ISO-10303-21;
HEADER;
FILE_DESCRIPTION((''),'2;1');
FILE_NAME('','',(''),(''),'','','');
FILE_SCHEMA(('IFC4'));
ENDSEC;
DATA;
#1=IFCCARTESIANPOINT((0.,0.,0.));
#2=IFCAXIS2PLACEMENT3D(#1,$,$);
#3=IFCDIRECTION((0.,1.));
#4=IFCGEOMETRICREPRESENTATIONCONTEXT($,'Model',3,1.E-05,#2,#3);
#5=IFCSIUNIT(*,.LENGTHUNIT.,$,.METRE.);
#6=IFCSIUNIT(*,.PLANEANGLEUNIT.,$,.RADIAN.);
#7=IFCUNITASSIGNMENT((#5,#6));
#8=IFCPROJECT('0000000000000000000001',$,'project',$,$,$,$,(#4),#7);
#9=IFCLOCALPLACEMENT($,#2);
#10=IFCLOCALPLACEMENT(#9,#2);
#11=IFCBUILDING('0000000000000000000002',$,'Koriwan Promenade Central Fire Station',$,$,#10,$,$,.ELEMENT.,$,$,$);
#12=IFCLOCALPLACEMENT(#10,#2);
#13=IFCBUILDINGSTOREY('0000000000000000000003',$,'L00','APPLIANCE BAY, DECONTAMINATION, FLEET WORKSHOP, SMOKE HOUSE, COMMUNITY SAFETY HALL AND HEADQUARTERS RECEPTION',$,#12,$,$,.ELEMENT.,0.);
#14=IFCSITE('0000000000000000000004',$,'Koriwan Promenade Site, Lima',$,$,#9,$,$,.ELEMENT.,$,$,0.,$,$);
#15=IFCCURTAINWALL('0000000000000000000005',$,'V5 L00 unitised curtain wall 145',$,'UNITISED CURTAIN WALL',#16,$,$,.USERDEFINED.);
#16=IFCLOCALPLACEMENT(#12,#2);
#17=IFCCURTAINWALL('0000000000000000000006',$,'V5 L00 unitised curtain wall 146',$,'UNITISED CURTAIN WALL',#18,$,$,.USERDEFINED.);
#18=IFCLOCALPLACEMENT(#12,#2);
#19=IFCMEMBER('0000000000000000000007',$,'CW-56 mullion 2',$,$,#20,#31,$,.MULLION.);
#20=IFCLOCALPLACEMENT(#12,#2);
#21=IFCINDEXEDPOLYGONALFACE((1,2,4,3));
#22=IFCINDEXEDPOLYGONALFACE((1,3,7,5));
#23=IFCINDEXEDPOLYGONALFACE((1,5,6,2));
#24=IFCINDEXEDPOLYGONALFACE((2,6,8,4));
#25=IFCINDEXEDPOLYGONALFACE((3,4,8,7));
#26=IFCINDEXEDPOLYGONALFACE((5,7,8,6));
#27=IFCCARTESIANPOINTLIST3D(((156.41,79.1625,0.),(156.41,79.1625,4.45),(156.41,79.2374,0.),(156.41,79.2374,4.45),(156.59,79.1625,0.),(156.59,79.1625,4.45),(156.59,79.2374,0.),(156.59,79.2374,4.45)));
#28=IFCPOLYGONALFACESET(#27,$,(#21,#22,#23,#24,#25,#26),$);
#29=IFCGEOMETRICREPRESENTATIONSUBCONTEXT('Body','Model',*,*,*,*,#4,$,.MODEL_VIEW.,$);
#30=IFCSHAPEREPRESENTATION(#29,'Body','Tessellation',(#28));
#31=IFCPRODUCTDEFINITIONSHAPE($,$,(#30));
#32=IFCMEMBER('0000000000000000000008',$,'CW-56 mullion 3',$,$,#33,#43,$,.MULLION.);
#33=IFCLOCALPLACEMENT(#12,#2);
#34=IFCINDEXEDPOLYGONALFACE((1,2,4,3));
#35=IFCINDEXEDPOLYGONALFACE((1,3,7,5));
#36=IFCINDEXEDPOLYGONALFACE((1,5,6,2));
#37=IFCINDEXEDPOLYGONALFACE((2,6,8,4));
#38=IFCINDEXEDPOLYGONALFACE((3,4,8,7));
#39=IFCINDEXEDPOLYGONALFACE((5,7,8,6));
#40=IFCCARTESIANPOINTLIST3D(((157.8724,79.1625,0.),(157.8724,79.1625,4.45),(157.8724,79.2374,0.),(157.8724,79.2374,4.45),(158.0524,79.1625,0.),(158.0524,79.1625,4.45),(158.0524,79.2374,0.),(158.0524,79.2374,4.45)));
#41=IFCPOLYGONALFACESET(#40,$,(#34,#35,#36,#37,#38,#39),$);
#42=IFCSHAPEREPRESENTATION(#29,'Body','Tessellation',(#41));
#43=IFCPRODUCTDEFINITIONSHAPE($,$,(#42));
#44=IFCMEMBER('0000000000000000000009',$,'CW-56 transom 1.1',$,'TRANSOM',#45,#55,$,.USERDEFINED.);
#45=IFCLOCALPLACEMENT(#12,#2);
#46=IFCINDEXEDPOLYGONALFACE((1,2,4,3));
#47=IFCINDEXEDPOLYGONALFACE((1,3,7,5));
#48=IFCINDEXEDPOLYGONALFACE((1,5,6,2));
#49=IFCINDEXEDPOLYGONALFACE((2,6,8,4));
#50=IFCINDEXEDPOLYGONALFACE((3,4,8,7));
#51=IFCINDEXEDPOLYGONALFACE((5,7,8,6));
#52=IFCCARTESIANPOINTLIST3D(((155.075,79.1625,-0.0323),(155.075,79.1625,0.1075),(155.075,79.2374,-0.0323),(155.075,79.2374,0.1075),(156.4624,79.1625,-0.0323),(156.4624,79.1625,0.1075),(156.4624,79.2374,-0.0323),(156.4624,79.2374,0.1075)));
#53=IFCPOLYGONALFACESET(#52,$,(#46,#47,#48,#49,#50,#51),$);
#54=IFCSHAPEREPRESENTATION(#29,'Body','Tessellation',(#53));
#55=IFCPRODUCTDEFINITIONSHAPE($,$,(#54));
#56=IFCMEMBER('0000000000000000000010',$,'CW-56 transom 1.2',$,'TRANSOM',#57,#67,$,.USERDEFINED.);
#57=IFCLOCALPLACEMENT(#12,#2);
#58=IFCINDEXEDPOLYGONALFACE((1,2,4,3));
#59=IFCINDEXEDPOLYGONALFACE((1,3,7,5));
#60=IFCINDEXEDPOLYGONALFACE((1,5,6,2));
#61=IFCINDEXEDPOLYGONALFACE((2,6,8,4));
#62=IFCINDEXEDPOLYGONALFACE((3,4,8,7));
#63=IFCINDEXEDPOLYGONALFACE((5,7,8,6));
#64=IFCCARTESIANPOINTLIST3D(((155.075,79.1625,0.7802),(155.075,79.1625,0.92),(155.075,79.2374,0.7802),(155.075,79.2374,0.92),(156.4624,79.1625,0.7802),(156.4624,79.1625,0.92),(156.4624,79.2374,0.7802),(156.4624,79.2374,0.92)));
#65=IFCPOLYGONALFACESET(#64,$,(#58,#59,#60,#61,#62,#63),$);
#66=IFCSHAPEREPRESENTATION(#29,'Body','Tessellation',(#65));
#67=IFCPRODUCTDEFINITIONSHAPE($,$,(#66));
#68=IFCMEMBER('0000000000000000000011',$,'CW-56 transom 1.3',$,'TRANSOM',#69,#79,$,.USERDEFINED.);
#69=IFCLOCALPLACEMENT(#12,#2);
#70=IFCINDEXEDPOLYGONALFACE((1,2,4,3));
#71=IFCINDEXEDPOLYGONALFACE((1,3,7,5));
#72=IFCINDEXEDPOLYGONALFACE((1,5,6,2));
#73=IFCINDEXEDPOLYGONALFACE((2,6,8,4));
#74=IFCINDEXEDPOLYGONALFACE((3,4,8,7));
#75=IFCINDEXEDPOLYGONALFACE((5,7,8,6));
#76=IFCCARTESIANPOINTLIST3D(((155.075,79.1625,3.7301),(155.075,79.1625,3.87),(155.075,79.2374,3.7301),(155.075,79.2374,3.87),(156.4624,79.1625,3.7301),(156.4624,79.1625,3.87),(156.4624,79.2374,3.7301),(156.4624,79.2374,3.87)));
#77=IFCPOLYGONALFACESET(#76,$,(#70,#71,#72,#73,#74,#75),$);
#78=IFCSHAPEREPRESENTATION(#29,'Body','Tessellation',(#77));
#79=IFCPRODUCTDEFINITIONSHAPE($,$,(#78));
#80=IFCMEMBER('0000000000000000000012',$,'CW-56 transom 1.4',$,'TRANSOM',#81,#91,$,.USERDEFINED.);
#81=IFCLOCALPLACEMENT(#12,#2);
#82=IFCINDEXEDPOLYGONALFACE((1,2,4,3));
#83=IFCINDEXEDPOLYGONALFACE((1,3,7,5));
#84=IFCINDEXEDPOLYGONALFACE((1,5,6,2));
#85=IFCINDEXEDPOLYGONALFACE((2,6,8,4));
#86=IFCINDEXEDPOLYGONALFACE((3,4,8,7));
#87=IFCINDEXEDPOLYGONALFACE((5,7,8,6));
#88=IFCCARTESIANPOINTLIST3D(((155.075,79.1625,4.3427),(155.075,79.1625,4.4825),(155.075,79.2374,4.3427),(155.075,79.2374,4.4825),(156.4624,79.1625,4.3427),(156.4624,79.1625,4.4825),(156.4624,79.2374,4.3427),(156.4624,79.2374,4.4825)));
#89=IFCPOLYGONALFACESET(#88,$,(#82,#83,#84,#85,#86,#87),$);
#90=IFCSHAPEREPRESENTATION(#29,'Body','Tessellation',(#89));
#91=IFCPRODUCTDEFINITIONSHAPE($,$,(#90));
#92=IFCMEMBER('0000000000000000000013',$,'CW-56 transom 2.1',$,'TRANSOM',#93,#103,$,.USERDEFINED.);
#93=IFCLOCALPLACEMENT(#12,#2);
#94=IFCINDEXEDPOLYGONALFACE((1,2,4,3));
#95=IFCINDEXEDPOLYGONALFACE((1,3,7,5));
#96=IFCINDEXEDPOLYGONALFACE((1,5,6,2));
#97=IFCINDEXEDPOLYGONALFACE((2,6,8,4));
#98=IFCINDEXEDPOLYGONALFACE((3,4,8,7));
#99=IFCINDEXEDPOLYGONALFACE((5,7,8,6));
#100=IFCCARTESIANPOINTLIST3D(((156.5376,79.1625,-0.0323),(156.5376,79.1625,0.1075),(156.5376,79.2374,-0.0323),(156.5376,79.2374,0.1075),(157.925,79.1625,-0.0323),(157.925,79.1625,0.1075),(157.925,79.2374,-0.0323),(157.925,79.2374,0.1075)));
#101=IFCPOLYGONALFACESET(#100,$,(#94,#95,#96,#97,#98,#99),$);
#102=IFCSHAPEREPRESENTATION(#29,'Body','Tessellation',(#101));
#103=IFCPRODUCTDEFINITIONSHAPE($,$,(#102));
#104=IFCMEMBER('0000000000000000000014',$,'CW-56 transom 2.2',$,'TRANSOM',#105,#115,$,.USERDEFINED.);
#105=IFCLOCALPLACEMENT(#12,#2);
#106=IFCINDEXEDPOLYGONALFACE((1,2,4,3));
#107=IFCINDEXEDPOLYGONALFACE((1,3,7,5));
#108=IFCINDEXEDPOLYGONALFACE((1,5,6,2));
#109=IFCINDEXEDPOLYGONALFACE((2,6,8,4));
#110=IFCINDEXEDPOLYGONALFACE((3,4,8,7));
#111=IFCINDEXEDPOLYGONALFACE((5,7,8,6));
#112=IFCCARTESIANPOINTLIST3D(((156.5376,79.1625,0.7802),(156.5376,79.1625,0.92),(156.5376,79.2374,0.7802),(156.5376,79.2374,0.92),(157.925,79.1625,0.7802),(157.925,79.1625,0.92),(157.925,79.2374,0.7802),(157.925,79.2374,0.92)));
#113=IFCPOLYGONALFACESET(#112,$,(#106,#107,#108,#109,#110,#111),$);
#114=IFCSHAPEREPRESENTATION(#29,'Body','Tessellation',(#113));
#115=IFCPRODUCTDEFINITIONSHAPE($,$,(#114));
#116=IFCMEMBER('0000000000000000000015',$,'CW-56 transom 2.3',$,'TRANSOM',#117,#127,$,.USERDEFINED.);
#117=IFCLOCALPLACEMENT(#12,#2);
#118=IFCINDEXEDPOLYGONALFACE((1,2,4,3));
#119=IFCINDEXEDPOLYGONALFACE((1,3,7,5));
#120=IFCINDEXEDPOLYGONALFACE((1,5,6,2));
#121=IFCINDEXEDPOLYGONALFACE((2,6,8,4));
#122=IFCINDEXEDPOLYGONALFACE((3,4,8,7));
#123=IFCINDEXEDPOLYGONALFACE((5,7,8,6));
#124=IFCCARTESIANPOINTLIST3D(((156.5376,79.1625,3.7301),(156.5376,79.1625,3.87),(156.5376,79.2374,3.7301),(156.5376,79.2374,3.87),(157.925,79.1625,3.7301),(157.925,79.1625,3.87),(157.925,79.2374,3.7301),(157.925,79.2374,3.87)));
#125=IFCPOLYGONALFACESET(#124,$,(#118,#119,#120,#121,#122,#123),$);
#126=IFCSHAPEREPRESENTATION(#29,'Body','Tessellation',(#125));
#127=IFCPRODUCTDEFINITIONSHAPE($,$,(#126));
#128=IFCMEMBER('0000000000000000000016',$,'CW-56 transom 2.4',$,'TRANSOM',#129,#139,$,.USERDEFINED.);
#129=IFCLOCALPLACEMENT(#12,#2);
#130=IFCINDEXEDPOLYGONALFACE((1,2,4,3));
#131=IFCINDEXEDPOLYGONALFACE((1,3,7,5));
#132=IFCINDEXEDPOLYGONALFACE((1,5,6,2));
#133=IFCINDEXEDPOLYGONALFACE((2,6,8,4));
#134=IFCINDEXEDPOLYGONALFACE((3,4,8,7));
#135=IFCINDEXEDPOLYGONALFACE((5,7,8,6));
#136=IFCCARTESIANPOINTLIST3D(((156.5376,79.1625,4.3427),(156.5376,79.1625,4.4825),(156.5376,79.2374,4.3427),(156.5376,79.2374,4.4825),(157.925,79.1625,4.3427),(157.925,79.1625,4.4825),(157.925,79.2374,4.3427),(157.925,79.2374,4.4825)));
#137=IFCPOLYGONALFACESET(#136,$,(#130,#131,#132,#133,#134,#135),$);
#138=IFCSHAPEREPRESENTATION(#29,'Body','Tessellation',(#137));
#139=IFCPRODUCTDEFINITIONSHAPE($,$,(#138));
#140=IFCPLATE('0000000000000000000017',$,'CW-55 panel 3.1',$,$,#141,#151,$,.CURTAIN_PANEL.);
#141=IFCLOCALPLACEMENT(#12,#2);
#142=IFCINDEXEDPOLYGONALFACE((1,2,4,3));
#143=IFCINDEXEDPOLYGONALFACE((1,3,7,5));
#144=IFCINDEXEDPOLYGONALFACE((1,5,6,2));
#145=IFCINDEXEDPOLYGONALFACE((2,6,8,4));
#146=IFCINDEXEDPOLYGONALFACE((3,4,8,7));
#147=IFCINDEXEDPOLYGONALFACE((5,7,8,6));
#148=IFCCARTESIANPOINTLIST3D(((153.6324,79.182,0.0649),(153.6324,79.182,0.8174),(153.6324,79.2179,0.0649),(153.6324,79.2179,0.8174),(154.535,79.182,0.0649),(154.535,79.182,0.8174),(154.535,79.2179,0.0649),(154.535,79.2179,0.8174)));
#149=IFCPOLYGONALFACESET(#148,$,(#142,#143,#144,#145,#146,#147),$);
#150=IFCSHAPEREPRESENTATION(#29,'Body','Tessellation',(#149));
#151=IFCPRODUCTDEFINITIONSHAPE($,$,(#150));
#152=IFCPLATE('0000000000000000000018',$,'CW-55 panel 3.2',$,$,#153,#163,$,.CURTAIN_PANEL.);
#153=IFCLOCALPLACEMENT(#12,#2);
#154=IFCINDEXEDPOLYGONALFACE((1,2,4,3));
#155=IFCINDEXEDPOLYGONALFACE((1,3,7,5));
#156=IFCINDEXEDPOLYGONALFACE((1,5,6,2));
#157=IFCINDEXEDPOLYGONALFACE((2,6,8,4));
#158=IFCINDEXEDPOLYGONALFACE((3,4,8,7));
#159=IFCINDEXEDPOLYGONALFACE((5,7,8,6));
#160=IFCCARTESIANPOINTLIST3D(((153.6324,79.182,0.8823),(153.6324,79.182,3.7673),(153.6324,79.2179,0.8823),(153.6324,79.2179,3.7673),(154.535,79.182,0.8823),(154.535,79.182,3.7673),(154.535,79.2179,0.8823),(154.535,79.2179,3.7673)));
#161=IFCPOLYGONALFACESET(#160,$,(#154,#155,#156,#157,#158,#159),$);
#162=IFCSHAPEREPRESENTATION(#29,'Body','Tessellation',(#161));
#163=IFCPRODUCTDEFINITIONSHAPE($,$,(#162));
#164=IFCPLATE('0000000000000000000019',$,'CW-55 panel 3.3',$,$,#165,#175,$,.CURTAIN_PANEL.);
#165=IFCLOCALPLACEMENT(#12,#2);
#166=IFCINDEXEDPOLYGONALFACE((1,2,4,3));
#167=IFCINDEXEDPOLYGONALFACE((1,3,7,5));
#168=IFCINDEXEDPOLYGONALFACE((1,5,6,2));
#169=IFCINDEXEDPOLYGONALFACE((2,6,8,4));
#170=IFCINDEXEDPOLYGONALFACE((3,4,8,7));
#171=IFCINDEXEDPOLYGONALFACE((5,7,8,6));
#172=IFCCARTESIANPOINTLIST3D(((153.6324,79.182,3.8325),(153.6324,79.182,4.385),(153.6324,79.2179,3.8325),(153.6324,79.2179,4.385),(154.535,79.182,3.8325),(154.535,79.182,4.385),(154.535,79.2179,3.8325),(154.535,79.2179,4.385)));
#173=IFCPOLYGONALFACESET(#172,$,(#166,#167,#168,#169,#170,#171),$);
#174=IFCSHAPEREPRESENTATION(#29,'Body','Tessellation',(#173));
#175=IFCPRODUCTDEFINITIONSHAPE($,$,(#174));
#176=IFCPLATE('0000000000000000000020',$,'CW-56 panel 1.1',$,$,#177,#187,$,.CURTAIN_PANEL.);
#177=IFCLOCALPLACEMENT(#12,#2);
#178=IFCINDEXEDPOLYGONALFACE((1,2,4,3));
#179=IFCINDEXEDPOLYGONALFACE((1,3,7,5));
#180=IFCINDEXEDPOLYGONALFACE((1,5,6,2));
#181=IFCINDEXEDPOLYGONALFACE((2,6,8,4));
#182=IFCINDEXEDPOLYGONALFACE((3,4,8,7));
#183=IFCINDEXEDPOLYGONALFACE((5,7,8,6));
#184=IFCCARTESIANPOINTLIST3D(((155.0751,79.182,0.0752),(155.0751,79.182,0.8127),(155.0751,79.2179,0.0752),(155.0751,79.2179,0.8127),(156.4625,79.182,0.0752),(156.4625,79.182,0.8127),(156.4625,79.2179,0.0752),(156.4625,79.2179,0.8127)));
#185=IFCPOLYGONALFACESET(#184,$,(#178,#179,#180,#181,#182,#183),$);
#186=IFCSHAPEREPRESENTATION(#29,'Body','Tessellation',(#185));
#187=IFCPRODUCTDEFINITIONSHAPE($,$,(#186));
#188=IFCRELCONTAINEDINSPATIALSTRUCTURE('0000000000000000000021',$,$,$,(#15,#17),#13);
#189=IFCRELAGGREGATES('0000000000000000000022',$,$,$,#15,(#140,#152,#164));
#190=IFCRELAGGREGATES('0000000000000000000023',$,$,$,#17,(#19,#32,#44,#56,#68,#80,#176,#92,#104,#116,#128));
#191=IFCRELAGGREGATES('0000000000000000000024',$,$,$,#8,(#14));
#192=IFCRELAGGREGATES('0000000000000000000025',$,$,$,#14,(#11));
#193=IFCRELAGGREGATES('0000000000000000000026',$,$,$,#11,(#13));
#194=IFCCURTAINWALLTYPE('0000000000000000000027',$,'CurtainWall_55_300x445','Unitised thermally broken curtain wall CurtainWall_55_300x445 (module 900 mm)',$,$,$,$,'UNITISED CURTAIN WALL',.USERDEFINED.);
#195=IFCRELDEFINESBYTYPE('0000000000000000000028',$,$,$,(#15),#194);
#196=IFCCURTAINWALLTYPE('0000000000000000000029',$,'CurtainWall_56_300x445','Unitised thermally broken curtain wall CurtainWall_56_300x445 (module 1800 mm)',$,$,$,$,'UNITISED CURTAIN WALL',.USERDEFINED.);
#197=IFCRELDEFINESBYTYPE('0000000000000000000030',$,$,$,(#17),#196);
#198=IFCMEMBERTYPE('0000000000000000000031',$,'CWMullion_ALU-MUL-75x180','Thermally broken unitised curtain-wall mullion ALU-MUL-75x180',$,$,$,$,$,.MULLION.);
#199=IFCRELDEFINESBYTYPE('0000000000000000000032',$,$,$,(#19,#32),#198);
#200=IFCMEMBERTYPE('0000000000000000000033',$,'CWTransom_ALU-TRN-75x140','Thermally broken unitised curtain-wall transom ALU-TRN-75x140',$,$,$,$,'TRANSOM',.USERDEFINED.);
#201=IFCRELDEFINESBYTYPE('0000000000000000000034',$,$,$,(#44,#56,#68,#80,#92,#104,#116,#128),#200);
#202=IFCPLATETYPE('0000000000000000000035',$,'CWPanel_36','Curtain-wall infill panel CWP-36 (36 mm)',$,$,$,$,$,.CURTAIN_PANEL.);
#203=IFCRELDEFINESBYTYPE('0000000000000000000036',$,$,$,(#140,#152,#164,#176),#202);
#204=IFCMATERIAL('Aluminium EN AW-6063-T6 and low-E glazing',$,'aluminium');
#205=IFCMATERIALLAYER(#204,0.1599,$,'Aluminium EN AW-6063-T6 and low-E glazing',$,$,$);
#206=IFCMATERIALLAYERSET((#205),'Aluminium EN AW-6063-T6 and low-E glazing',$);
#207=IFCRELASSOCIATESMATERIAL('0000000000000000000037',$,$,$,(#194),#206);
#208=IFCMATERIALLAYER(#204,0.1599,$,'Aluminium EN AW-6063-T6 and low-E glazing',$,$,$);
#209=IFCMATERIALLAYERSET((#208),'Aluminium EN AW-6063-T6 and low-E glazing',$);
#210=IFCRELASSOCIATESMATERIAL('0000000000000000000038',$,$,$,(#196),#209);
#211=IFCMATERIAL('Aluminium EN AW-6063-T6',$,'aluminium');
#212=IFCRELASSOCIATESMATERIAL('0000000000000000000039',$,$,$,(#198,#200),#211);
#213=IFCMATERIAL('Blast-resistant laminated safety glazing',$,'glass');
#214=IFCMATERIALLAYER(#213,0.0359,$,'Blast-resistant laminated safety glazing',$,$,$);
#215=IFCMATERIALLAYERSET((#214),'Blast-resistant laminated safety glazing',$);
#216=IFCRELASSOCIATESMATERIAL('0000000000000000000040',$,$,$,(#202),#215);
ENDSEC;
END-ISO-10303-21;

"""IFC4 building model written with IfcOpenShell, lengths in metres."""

from ifc_helpers import new_model, si_unit, direction, frame, origin, origin_2d, place, context, subcontext, project, spatial, rectangle, extrude, material, layer, layer_set, material_profile, profile_set, type_object, element, aggregate, save


model = new_model("IFC4")

# Units and contexts
model_context = context("Model", 3, precision=1e-05, world=origin(), true_north=direction((0.0, 1.0)))
body_context = subcontext(model_context, "Body", "Model", "MODEL_VIEW")
ifc_project = project(units=[si_unit("LENGTHUNIT", "METRE"), si_unit("PLANEANGLEUNIT", "RADIAN")], contexts=[model_context])

# Site, building, storey
site_placement = place(None, origin())
site = spatial("IfcSite", under=ifc_project, at=site_placement, Name="Koriwan Promenade Site, Lima", CompositionType="ELEMENT", RefElevation=0.0)
building_placement = place(site_placement, origin())
building = spatial("IfcBuilding", under=site, at=building_placement, Name="Koriwan Promenade Central Fire Station", CompositionType="ELEMENT")
storey_placement = place(building_placement, origin())
storey = spatial("IfcBuildingStorey", under=building, at=storey_placement, Name="L00", Description="APPLIANCE BAY, DECONTAMINATION, FLEET WORKSHOP, SMOKE HOUSE, COMMUNITY SAFETY HALL AND HEADQUARTERS RECEPTION", CompositionType="ELEMENT", Elevation=0.0)

# Curtain wall
ifc_material_1 = material(Name="Aluminium EN AW-6063-T6 and low-E glazing", Category="aluminium")
ifc_layer_1 = layer(ifc_material_1, 0.1599, Name="Aluminium EN AW-6063-T6 and low-E glazing")
ifc_layer_set_1 = layer_set([ifc_layer_1], Name="Aluminium EN AW-6063-T6 and low-E glazing")
curtain_wall_type_1 = type_object("IfcCurtainWallType", Name="CurtainWall_55_300x445", Description="Unitised thermally broken curtain wall CurtainWall_55_300x445 (module 900 mm)", ElementType="UNITISED CURTAIN WALL", PredefinedType="USERDEFINED", material=ifc_layer_set_1)
curtain_wall_1_placement = place(storey_placement, origin())
curtain_wall_1 = element("IfcCurtainWall", 1, at=curtain_wall_1_placement, inside=storey, type_object=curtain_wall_type_1, Name="V5 L00 unitised curtain wall 145", ObjectType="UNITISED CURTAIN WALL", PredefinedType="USERDEFINED")
ifc_material_2 = material(Name="Aluminium EN AW-6063-T6", Category="aluminium")

# Curtain wall, members
ifc_layer_2 = layer(ifc_material_1, 0.1599, Name="Aluminium EN AW-6063-T6 and low-E glazing")
ifc_layer_set_2 = layer_set([ifc_layer_2], Name="Aluminium EN AW-6063-T6 and low-E glazing")
curtain_wall_type_2 = type_object("IfcCurtainWallType", Name="CurtainWall_56_300x445", Description="Unitised thermally broken curtain wall CurtainWall_56_300x445 (module 1800 mm)", ElementType="UNITISED CURTAIN WALL", PredefinedType="USERDEFINED", material=ifc_layer_set_2)
curtain_wall_2_placement = place(storey_placement, origin())
curtain_wall_2 = element("IfcCurtainWall", 2, at=curtain_wall_2_placement, inside=storey, type_object=curtain_wall_type_2, Name="V5 L00 unitised curtain wall 146", ObjectType="UNITISED CURTAIN WALL", PredefinedType="USERDEFINED")
ifc_material_profile_1 = material_profile(ifc_material_2, rectangle(XDim=0.075, YDim=0.1799, at=origin_2d()), Name="ALU-MUL-75x180")
ifc_profile_set_1 = profile_set([ifc_material_profile_1], Name="Aluminium EN AW-6063-T6")
member_type_1 = type_object("IfcMemberType", Name="CWMullion_ALU-MUL-75x180", Description="Thermally broken unitised curtain-wall mullion ALU-MUL-75x180", PredefinedType="MULLION", material=ifc_profile_set_1)
member_1_placement = place(storey_placement, frame((156.5, 79.2, 0.0), z_axis=(0.0, 0.0, 1.0), x_axis=(0.0, 1.0, 0.0)))
member_1 = element("IfcMember", 3, at=member_1_placement, type_object=member_type_1, Name="CW-56 mullion 2", PredefinedType="MULLION", context=body_context, shape_type="SweptSolid", body=[
    extrude(rectangle(XDim=0.075, YDim=0.1799, at=origin_2d()), origin(), (0.0, 0.0, 1.0), 4.45),
])
member_2_placement = place(storey_placement, frame((157.9624, 79.2, 0.0), z_axis=(0.0, 0.0, 1.0), x_axis=(0.0, 1.0, 0.0)))
member_2 = element("IfcMember", 4, at=member_2_placement, type_object=member_type_1, Name="CW-56 mullion 3", PredefinedType="MULLION", context=body_context, shape_type="SweptSolid", body=[
    extrude(rectangle(XDim=0.075, YDim=0.1799, at=origin_2d()), origin(), (0.0, 0.0, 1.0), 4.45),
])
ifc_material_profile_2 = material_profile(ifc_material_2, rectangle(XDim=0.075, YDim=0.1399, at=origin_2d()), Name="ALU-TRN-75x140")
ifc_profile_set_2 = profile_set([ifc_material_profile_2], Name="Aluminium EN AW-6063-T6")
member_type_2 = type_object("IfcMemberType", Name="CWTransom_ALU-TRN-75x140", Description="Thermally broken unitised curtain-wall transom ALU-TRN-75x140", ElementType="TRANSOM", PredefinedType="USERDEFINED", material=ifc_profile_set_2)
member_3_placement = place(storey_placement, frame((155.075, 79.2, 0.0376), z_axis=(1.0, 0.0, 0.0), x_axis=(0.0, 1.0, 0.0)))
member_3 = element("IfcMember", 5, at=member_3_placement, type_object=member_type_2, Name="CW-56 transom 1.1", ObjectType="TRANSOM", PredefinedType="USERDEFINED", context=body_context, shape_type="SweptSolid", body=[
    extrude(rectangle(XDim=0.075, YDim=0.1399, at=origin_2d()), origin(), (0.0, 0.0, 1.0), 1.3875),
])
member_4_placement = place(storey_placement, frame((155.075, 79.2, 0.8501), z_axis=(1.0, 0.0, 0.0), x_axis=(0.0, 1.0, 0.0)))
member_4 = element("IfcMember", 6, at=member_4_placement, type_object=member_type_2, Name="CW-56 transom 1.2", ObjectType="TRANSOM", PredefinedType="USERDEFINED", context=body_context, shape_type="SweptSolid", body=[
    extrude(rectangle(XDim=0.075, YDim=0.1399, at=origin_2d()), origin(), (0.0, 0.0, 1.0), 1.3875),
])
member_5_placement = place(storey_placement, frame((155.075, 79.2, 3.8), z_axis=(1.0, 0.0, 0.0), x_axis=(0.0, 1.0, 0.0)))
member_5 = element("IfcMember", 7, at=member_5_placement, type_object=member_type_2, Name="CW-56 transom 1.3", ObjectType="TRANSOM", PredefinedType="USERDEFINED", context=body_context, shape_type="SweptSolid", body=[
    extrude(rectangle(XDim=0.075, YDim=0.1399, at=origin_2d()), origin(), (0.0, 0.0, 1.0), 1.3875),
])
member_6_placement = place(storey_placement, frame((155.075, 79.2, 4.4126), z_axis=(1.0, 0.0, 0.0), x_axis=(0.0, 1.0, 0.0)))
member_6 = element("IfcMember", 8, at=member_6_placement, type_object=member_type_2, Name="CW-56 transom 1.4", ObjectType="TRANSOM", PredefinedType="USERDEFINED", context=body_context, shape_type="SweptSolid", body=[
    extrude(rectangle(XDim=0.075, YDim=0.1399, at=origin_2d()), origin(), (0.0, 0.0, 1.0), 1.3875),
])
member_7_placement = place(storey_placement, frame((156.5376, 79.2, 0.0376), z_axis=(1.0, 0.0, 0.0), x_axis=(0.0, 1.0, 0.0)))
member_7 = element("IfcMember", 9, at=member_7_placement, type_object=member_type_2, Name="CW-56 transom 2.1", ObjectType="TRANSOM", PredefinedType="USERDEFINED", context=body_context, shape_type="SweptSolid", body=[
    extrude(rectangle(XDim=0.075, YDim=0.1399, at=origin_2d()), origin(), (0.0, 0.0, 1.0), 1.3875),
])
member_8_placement = place(storey_placement, frame((156.5376, 79.2, 0.8501), z_axis=(1.0, 0.0, 0.0), x_axis=(0.0, 1.0, 0.0)))
member_8 = element("IfcMember", 10, at=member_8_placement, type_object=member_type_2, Name="CW-56 transom 2.2", ObjectType="TRANSOM", PredefinedType="USERDEFINED", context=body_context, shape_type="SweptSolid", body=[
    extrude(rectangle(XDim=0.075, YDim=0.1399, at=origin_2d()), origin(), (0.0, 0.0, 1.0), 1.3875),
])
member_9_placement = place(storey_placement, frame((156.5376, 79.2, 3.8), z_axis=(1.0, 0.0, 0.0), x_axis=(0.0, 1.0, 0.0)))
member_9 = element("IfcMember", 11, at=member_9_placement, type_object=member_type_2, Name="CW-56 transom 2.3", ObjectType="TRANSOM", PredefinedType="USERDEFINED", context=body_context, shape_type="SweptSolid", body=[
    extrude(rectangle(XDim=0.075, YDim=0.1399, at=origin_2d()), origin(), (0.0, 0.0, 1.0), 1.3875),
])
member_10_placement = place(storey_placement, frame((156.5376, 79.2, 4.4126), z_axis=(1.0, 0.0, 0.0), x_axis=(0.0, 1.0, 0.0)))
member_10 = element("IfcMember", 12, at=member_10_placement, type_object=member_type_2, Name="CW-56 transom 2.4", ObjectType="TRANSOM", PredefinedType="USERDEFINED", context=body_context, shape_type="SweptSolid", body=[
    extrude(rectangle(XDim=0.075, YDim=0.1399, at=origin_2d()), origin(), (0.0, 0.0, 1.0), 1.3875),
])

# Plates
ifc_material_3 = material(Name="Blast-resistant laminated safety glazing", Category="glass")
ifc_layer_3 = layer(ifc_material_3, 0.0359, Name="Blast-resistant laminated safety glazing")
ifc_layer_set_3 = layer_set([ifc_layer_3], Name="Blast-resistant laminated safety glazing")
plate_type_1 = type_object("IfcPlateType", Name="CWPanel_36", Description="Curtain-wall infill panel CWP-36 (36 mm)", PredefinedType="CURTAIN_PANEL", material=ifc_layer_set_3)
plate_1_placement = place(storey_placement, frame((154.0837, 79.2, 0.0649), z_axis=(0.0, 0.0, 1.0), x_axis=(1.0, 0.0, 0.0)))
plate_1 = element("IfcPlate", 13, at=plate_1_placement, type_object=plate_type_1, Name="CW-55 panel 3.1", PredefinedType="CURTAIN_PANEL", context=body_context, shape_type="SweptSolid", body=[
    extrude(rectangle(XDim=0.9026, YDim=0.0359, at=origin_2d()), origin(), (0.0, 0.0, 1.0), 0.7524),
])
plate_2_placement = place(storey_placement, frame((154.0837, 79.2, 0.8823), z_axis=(0.0, 0.0, 1.0), x_axis=(1.0, 0.0, 0.0)))
plate_2 = element("IfcPlate", 14, at=plate_2_placement, type_object=plate_type_1, Name="CW-55 panel 3.2", PredefinedType="CURTAIN_PANEL", context=body_context, shape_type="SweptSolid", body=[
    extrude(rectangle(XDim=0.9026, YDim=0.0359, at=origin_2d()), origin(), (0.0, 0.0, 1.0), 2.885),
])
plate_3_placement = place(storey_placement, frame((154.0837, 79.2, 3.8325), z_axis=(0.0, 0.0, 1.0), x_axis=(1.0, 0.0, 0.0)))
plate_3 = element("IfcPlate", 15, at=plate_3_placement, type_object=plate_type_1, Name="CW-55 panel 3.3", PredefinedType="CURTAIN_PANEL", context=body_context, shape_type="SweptSolid", body=[
    extrude(rectangle(XDim=0.9026, YDim=0.0359, at=origin_2d()), origin(), (0.0, 0.0, 1.0), 0.5525),
])
aggregate(curtain_wall_1, [plate_1, plate_2, plate_3])
plate_4_placement = place(storey_placement, frame((155.7688, 79.2, 0.0752), z_axis=(0.0, 0.0, 1.0), x_axis=(1.0, 0.0, 0.0)))
plate_4 = element("IfcPlate", 16, at=plate_4_placement, type_object=plate_type_1, Name="CW-56 panel 1.1", PredefinedType="CURTAIN_PANEL", context=body_context, shape_type="SweptSolid", body=[
    extrude(rectangle(XDim=1.3875, YDim=0.0359, at=origin_2d()), origin(), (0.0, 0.0, 1.0), 0.7375),
])
aggregate(curtain_wall_2, [member_1, member_2, member_3, member_4, member_5, member_6, plate_4, member_7, member_8, member_9, member_10])

save(model, "model.ifc")
